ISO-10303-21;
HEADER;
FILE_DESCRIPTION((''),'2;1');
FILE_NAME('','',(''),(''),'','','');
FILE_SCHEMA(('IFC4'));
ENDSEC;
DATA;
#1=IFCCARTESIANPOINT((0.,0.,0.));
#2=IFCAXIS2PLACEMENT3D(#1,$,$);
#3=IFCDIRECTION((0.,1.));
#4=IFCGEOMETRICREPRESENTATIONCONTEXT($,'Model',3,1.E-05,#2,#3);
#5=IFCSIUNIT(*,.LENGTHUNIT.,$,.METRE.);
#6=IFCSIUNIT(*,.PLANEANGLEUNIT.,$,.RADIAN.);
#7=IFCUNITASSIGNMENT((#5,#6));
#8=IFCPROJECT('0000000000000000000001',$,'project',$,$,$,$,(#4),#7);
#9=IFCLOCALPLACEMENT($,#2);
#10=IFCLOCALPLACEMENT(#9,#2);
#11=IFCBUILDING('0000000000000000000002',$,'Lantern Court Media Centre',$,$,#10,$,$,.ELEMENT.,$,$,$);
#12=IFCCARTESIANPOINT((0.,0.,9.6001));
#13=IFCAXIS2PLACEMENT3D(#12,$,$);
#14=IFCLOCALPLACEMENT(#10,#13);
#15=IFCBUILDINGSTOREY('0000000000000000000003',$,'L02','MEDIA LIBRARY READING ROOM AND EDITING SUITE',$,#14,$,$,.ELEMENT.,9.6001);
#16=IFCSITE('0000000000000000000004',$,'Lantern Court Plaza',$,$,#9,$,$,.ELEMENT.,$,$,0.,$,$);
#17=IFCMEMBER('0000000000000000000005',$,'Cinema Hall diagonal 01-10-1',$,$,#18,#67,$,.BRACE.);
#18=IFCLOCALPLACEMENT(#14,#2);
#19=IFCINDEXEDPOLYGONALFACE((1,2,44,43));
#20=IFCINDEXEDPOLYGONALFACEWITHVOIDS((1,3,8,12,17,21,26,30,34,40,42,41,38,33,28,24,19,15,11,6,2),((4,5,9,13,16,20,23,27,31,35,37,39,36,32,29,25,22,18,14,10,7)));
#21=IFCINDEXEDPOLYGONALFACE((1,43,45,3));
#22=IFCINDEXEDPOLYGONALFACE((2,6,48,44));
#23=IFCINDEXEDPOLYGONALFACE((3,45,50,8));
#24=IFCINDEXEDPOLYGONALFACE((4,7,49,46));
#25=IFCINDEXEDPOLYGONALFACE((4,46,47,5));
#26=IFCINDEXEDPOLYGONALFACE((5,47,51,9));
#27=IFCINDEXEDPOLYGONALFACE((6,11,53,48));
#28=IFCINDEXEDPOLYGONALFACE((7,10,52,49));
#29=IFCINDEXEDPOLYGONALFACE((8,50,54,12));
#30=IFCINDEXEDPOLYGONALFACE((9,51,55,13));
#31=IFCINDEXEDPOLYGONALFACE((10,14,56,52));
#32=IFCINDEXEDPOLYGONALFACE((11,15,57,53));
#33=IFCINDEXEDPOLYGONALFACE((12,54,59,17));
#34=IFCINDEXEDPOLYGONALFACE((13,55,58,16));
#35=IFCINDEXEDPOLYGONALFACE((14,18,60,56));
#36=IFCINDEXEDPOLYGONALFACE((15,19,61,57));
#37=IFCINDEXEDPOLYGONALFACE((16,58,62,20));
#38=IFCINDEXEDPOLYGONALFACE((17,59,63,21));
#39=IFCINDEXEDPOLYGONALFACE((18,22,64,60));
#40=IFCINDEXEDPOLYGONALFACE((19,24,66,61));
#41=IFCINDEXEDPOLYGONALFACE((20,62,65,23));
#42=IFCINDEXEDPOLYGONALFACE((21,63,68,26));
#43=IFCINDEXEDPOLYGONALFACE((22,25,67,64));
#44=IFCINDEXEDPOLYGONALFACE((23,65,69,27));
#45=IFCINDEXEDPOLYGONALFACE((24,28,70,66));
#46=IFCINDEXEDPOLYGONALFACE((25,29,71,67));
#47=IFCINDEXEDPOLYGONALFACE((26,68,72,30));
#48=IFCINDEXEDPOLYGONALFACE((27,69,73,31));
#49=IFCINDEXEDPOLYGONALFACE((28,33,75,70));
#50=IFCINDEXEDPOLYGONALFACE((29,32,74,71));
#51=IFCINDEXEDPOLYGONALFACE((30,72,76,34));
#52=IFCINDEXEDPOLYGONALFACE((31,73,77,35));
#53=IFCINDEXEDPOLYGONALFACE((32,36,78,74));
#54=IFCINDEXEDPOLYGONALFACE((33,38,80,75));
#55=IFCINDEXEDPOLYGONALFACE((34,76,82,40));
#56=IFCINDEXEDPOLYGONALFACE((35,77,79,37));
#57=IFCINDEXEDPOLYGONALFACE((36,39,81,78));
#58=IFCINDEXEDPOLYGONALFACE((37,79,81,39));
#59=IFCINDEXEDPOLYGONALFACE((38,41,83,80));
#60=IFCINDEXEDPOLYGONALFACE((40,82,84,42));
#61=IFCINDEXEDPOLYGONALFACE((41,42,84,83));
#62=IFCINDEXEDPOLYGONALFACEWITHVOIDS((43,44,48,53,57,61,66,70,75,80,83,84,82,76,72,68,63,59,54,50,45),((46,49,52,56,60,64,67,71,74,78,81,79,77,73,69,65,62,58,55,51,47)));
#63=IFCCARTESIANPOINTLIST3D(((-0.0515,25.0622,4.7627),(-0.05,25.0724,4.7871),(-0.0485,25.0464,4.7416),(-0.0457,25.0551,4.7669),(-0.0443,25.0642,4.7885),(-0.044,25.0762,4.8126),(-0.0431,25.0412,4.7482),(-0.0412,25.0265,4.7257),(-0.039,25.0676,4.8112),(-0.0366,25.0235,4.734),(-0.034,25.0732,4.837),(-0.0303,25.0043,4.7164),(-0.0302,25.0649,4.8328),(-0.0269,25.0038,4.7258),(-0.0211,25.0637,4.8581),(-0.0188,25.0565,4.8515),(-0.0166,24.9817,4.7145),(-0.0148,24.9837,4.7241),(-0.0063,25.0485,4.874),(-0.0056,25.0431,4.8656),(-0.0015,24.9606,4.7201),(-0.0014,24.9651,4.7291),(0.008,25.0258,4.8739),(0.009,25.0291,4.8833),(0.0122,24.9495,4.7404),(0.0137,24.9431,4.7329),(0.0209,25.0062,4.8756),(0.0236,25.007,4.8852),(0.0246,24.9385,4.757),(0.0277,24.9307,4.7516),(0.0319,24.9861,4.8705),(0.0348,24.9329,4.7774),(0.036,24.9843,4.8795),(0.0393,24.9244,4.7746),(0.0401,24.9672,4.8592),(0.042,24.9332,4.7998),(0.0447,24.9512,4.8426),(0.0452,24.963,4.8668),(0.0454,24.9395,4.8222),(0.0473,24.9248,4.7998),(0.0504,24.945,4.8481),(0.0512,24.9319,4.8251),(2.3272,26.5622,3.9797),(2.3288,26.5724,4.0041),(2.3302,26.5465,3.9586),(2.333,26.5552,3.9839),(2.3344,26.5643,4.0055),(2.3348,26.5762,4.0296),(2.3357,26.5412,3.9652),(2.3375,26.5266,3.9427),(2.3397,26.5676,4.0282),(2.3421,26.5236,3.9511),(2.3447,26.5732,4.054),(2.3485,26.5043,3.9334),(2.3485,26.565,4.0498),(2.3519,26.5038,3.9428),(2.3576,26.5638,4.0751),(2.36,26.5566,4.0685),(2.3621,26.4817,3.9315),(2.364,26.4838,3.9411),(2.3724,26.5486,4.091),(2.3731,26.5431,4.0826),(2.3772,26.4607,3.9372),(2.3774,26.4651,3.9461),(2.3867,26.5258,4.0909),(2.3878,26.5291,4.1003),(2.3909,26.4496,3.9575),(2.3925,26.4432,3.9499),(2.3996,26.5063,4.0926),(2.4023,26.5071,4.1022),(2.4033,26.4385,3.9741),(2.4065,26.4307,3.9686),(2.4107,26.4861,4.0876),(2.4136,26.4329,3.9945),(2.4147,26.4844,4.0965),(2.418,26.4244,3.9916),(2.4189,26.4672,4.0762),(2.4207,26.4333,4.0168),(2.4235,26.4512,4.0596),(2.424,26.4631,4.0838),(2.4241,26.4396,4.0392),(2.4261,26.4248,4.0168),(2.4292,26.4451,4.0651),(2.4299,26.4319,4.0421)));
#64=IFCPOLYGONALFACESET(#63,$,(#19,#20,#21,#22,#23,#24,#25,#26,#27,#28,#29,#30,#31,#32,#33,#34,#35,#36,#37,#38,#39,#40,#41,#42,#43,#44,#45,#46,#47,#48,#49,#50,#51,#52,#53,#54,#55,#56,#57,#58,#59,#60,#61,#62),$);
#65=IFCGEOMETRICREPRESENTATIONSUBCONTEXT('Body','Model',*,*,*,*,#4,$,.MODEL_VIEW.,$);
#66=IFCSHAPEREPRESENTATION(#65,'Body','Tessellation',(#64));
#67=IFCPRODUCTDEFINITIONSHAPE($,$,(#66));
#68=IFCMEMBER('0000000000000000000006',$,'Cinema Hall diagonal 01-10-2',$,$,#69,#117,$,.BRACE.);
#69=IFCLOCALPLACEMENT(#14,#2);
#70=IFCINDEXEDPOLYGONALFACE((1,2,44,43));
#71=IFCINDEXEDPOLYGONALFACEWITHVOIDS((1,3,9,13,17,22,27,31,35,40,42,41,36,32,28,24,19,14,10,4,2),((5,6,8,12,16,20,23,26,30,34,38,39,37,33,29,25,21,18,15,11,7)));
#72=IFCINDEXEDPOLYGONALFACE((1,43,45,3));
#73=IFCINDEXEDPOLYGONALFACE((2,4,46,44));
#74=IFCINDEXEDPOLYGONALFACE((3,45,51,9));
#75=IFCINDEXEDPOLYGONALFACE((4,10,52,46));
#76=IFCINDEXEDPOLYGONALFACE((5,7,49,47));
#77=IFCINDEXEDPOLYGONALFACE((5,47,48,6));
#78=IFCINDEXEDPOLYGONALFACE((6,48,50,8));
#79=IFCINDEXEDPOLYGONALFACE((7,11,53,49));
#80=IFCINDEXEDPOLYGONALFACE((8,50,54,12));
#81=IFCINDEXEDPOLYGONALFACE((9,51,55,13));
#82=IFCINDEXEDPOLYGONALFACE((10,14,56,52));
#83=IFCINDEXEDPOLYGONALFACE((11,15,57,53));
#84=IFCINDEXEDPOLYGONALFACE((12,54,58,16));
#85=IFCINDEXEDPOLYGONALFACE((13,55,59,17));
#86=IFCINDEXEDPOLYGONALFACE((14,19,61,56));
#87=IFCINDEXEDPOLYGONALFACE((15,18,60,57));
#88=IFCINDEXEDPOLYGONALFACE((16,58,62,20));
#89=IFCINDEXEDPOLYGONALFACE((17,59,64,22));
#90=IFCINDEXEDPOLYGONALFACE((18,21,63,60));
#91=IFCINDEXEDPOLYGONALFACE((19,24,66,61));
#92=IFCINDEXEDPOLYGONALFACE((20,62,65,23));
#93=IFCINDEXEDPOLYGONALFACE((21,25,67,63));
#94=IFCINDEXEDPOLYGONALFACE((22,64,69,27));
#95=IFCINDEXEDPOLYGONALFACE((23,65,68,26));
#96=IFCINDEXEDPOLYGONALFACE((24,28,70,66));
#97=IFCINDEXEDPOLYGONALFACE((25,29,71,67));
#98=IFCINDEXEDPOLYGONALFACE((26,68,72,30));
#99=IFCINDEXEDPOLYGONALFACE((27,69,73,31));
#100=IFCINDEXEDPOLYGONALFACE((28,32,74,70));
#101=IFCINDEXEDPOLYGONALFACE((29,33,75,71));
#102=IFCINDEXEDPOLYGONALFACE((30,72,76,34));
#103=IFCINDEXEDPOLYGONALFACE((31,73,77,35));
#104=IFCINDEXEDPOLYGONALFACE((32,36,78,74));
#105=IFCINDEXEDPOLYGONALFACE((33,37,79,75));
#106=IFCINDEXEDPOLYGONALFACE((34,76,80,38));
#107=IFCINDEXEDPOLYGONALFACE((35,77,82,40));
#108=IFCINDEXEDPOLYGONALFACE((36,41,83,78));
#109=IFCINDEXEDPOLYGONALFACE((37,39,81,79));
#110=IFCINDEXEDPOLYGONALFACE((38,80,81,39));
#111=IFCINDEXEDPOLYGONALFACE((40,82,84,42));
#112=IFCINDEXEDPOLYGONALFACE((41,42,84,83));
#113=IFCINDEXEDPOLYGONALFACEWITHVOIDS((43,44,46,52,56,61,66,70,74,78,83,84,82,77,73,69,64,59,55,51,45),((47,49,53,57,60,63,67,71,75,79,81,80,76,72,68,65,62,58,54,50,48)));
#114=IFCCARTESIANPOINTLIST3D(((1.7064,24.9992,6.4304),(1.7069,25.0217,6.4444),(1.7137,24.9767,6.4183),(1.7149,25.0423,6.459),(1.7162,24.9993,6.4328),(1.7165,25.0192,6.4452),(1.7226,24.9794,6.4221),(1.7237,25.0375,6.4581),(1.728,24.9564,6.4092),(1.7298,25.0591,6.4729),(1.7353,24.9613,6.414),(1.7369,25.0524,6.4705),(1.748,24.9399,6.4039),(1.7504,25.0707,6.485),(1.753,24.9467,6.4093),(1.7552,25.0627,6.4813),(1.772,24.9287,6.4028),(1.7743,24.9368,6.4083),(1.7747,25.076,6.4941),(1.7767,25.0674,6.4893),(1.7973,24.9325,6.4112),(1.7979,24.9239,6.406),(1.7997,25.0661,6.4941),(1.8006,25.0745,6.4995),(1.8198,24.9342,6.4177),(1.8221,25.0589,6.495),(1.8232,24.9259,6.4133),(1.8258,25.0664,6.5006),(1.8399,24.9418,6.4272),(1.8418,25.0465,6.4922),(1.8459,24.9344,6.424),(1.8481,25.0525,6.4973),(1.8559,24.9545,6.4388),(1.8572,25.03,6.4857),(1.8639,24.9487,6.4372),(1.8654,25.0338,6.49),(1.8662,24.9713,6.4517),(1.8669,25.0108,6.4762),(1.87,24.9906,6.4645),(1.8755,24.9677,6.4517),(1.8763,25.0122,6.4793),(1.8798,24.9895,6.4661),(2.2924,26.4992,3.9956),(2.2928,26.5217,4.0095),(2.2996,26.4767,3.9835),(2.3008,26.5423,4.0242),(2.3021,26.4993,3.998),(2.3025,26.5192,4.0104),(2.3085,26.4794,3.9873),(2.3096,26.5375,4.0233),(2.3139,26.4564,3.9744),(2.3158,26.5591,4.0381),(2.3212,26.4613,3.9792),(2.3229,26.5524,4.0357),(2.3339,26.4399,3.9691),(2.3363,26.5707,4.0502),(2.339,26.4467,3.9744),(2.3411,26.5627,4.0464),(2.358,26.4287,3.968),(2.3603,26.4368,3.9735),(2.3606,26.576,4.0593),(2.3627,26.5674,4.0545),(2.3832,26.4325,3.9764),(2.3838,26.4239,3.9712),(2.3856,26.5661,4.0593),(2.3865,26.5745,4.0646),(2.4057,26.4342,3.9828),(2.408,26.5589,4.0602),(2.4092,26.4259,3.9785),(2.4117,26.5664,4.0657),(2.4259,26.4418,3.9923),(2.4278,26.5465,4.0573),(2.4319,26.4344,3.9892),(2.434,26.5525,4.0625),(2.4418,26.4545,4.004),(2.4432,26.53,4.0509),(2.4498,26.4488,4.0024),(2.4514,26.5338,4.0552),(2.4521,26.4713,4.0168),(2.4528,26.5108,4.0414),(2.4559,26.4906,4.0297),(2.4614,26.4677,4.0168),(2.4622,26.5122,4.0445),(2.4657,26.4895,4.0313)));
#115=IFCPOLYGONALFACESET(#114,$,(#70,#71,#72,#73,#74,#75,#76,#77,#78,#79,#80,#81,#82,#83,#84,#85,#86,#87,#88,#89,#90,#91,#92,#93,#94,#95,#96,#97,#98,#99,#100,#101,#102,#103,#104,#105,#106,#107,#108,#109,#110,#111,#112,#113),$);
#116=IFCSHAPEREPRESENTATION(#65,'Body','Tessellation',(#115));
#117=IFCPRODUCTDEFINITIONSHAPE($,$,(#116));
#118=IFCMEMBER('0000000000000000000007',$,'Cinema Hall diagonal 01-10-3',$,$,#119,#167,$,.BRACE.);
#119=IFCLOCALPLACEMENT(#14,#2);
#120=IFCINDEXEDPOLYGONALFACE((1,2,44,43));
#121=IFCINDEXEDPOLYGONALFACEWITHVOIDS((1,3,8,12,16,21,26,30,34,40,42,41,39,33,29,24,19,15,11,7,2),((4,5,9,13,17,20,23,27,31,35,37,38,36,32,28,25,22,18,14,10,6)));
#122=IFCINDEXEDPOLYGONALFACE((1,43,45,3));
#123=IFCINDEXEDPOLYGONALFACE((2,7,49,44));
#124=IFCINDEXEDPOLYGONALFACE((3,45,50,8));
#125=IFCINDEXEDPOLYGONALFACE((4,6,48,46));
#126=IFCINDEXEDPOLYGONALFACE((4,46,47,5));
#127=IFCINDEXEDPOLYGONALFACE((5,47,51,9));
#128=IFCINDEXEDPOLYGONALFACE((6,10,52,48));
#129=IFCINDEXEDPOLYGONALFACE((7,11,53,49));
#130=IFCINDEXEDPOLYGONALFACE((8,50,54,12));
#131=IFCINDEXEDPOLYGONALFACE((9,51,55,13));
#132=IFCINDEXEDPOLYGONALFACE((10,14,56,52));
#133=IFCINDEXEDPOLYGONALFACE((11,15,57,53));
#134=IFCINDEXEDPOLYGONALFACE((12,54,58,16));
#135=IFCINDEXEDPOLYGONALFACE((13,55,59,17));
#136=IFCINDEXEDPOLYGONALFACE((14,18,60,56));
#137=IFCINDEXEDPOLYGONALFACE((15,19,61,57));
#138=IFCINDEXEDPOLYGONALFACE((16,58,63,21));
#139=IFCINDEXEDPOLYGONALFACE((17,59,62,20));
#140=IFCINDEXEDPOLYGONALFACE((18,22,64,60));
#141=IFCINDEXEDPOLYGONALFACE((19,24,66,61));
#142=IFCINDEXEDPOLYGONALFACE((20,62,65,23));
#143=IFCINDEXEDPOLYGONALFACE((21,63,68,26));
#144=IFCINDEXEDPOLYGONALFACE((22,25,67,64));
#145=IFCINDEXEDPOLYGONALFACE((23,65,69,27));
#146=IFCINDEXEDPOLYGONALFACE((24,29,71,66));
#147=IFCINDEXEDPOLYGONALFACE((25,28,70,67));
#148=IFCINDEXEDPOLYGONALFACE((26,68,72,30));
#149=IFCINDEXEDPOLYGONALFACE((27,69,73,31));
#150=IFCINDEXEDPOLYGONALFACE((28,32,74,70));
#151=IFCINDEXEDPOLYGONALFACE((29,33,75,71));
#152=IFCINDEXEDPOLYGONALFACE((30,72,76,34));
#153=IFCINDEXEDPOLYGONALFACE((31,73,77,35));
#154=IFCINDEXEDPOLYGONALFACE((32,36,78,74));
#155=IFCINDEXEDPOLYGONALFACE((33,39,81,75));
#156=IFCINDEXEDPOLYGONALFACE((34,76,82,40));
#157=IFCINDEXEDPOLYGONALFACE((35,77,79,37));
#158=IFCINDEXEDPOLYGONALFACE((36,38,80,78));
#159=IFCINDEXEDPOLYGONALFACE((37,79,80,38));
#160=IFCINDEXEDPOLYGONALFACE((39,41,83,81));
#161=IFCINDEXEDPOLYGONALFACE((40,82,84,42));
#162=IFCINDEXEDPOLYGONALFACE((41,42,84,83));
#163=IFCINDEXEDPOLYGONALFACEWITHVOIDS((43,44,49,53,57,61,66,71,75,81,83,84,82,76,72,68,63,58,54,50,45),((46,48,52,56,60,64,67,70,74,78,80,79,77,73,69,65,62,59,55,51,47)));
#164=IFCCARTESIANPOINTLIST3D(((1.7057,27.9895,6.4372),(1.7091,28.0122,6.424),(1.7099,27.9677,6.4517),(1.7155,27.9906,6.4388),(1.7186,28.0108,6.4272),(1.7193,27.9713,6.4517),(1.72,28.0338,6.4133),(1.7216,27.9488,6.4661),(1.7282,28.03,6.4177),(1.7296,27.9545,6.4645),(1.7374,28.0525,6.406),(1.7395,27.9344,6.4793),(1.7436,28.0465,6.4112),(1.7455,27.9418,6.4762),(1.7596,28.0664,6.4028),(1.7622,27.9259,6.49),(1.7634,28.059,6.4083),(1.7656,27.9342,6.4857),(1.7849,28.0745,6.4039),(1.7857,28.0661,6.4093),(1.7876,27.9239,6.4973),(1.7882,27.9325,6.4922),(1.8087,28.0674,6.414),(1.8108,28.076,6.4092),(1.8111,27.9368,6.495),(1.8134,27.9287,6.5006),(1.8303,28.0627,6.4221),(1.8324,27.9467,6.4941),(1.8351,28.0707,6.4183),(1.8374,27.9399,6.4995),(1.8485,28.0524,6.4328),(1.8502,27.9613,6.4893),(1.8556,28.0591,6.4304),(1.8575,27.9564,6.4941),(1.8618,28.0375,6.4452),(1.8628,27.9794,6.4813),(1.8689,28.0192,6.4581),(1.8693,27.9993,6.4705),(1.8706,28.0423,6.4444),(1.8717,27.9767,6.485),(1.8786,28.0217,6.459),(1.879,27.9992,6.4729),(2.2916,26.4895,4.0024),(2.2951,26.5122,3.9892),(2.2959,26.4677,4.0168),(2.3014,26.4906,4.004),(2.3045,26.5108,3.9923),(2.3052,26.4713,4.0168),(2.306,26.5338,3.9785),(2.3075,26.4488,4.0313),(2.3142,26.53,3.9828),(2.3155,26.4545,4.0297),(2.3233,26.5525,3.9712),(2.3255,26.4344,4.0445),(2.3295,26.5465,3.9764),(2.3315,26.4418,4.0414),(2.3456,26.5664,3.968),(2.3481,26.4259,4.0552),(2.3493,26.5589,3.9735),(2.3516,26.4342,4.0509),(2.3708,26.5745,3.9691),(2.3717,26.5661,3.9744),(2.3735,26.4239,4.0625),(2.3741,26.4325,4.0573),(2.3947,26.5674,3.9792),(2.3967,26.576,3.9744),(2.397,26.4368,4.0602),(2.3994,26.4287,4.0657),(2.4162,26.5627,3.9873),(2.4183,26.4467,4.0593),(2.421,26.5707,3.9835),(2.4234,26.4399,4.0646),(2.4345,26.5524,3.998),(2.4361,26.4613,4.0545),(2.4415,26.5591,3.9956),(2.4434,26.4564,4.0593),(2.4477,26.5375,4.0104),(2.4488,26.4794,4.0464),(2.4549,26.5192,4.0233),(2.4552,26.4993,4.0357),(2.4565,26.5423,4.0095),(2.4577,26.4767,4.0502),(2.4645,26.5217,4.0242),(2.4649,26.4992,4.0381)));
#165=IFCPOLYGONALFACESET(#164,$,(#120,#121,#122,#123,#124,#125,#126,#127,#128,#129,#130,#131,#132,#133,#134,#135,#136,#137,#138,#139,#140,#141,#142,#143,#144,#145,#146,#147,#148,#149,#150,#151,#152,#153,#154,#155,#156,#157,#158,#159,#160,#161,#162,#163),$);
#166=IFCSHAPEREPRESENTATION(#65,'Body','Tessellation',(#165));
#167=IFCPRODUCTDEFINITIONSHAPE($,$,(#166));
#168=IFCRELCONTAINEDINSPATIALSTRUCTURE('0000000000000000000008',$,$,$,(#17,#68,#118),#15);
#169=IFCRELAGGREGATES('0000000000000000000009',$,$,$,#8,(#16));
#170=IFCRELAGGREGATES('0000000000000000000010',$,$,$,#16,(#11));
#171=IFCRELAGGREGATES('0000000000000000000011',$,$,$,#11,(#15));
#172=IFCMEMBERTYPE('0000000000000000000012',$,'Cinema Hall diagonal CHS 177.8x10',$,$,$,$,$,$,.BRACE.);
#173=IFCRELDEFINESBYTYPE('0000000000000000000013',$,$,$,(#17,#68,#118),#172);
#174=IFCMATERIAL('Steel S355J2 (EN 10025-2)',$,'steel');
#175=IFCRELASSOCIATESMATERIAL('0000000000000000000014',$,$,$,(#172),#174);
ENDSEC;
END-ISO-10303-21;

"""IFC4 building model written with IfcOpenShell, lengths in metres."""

from ifc_helpers import new_model, si_unit, direction, frame, origin, origin_2d, place, context, subcontext, project, spatial, hollow_circle, extrude, material, material_profile, profile_set, type_object, element, save


model = new_model("IFC4")

# Units and contexts
model_context = context("Model", 3, precision=1e-05, world=origin(), true_north=direction((0.0, 1.0)))
body_context = subcontext(model_context, "Body", "Model", "MODEL_VIEW")
ifc_project = project(units=[si_unit("LENGTHUNIT", "METRE"), si_unit("PLANEANGLEUNIT", "RADIAN")], contexts=[model_context])

# Site, building, storey
site_placement = place(None, origin())
site = spatial("IfcSite", under=ifc_project, at=site_placement, Name="Lantern Court Plaza", CompositionType="ELEMENT", RefElevation=0.0)
building_placement = place(site_placement, origin())
building = spatial("IfcBuilding", under=site, at=building_placement, Name="Lantern Court Media Centre", CompositionType="ELEMENT")
storey_placement = place(building_placement, frame((0.0, 0.0, 9.6001)))
storey = spatial("IfcBuildingStorey", under=building, at=storey_placement, Name="L02", Description="MEDIA LIBRARY READING ROOM AND EDITING SUITE", CompositionType="ELEMENT", Elevation=9.6001)

# Shared definitions
ifc_material_1 = material(Name="Steel S355J2 (EN 10025-2)", Category="steel")

# Members
ifc_material_profile_1 = material_profile(ifc_material_1, hollow_circle(Radius=0.0889, WallThickness=0.01, at=origin_2d()), Name="Cinema Hall diagonal CHS 177.8x10")
ifc_profile_set_1 = profile_set([ifc_material_profile_1], Name="Steel S355J2 (EN 10025-2)")
member_type_1 = type_object("IfcMemberType", Name="Cinema Hall diagonal CHS 177.8x10", PredefinedType="BRACE", material=ifc_profile_set_1)
for number, where, z_axis, x_axis, name in (
    (1, (2.3787, 26.5, 4.0168), (-0.814866, -0.51386, 0.268221), (0.533405, -0.84586, 0.0), "Cinema Hall diagonal 01-10-1"),
    (2, (2.3787, 26.5, 4.0168), (-0.20072, -0.513842, 0.834073), (0.931457, -0.363851, 0.0), "Cinema Hall diagonal 01-10-2"),
    (3, (2.3787, 26.5, 4.0168), (-0.20072, 0.513842, 0.834073), (-0.931457, -0.363851, 0.0), "Cinema Hall diagonal 01-10-3"),
):
    element("IfcMember", number, at=place(storey_placement, frame(where, z_axis=z_axis, x_axis=x_axis)), inside=storey, type_object=member_type_1, Name=name, PredefinedType="BRACE", context=body_context, shape_type="SweptSolid", body=[
        extrude(hollow_circle(Radius=0.0889, WallThickness=0.01, at=origin_2d()), origin(), (0.0, 0.0, 1.0), 2.9192),
    ])

save(model, "model.ifc")
